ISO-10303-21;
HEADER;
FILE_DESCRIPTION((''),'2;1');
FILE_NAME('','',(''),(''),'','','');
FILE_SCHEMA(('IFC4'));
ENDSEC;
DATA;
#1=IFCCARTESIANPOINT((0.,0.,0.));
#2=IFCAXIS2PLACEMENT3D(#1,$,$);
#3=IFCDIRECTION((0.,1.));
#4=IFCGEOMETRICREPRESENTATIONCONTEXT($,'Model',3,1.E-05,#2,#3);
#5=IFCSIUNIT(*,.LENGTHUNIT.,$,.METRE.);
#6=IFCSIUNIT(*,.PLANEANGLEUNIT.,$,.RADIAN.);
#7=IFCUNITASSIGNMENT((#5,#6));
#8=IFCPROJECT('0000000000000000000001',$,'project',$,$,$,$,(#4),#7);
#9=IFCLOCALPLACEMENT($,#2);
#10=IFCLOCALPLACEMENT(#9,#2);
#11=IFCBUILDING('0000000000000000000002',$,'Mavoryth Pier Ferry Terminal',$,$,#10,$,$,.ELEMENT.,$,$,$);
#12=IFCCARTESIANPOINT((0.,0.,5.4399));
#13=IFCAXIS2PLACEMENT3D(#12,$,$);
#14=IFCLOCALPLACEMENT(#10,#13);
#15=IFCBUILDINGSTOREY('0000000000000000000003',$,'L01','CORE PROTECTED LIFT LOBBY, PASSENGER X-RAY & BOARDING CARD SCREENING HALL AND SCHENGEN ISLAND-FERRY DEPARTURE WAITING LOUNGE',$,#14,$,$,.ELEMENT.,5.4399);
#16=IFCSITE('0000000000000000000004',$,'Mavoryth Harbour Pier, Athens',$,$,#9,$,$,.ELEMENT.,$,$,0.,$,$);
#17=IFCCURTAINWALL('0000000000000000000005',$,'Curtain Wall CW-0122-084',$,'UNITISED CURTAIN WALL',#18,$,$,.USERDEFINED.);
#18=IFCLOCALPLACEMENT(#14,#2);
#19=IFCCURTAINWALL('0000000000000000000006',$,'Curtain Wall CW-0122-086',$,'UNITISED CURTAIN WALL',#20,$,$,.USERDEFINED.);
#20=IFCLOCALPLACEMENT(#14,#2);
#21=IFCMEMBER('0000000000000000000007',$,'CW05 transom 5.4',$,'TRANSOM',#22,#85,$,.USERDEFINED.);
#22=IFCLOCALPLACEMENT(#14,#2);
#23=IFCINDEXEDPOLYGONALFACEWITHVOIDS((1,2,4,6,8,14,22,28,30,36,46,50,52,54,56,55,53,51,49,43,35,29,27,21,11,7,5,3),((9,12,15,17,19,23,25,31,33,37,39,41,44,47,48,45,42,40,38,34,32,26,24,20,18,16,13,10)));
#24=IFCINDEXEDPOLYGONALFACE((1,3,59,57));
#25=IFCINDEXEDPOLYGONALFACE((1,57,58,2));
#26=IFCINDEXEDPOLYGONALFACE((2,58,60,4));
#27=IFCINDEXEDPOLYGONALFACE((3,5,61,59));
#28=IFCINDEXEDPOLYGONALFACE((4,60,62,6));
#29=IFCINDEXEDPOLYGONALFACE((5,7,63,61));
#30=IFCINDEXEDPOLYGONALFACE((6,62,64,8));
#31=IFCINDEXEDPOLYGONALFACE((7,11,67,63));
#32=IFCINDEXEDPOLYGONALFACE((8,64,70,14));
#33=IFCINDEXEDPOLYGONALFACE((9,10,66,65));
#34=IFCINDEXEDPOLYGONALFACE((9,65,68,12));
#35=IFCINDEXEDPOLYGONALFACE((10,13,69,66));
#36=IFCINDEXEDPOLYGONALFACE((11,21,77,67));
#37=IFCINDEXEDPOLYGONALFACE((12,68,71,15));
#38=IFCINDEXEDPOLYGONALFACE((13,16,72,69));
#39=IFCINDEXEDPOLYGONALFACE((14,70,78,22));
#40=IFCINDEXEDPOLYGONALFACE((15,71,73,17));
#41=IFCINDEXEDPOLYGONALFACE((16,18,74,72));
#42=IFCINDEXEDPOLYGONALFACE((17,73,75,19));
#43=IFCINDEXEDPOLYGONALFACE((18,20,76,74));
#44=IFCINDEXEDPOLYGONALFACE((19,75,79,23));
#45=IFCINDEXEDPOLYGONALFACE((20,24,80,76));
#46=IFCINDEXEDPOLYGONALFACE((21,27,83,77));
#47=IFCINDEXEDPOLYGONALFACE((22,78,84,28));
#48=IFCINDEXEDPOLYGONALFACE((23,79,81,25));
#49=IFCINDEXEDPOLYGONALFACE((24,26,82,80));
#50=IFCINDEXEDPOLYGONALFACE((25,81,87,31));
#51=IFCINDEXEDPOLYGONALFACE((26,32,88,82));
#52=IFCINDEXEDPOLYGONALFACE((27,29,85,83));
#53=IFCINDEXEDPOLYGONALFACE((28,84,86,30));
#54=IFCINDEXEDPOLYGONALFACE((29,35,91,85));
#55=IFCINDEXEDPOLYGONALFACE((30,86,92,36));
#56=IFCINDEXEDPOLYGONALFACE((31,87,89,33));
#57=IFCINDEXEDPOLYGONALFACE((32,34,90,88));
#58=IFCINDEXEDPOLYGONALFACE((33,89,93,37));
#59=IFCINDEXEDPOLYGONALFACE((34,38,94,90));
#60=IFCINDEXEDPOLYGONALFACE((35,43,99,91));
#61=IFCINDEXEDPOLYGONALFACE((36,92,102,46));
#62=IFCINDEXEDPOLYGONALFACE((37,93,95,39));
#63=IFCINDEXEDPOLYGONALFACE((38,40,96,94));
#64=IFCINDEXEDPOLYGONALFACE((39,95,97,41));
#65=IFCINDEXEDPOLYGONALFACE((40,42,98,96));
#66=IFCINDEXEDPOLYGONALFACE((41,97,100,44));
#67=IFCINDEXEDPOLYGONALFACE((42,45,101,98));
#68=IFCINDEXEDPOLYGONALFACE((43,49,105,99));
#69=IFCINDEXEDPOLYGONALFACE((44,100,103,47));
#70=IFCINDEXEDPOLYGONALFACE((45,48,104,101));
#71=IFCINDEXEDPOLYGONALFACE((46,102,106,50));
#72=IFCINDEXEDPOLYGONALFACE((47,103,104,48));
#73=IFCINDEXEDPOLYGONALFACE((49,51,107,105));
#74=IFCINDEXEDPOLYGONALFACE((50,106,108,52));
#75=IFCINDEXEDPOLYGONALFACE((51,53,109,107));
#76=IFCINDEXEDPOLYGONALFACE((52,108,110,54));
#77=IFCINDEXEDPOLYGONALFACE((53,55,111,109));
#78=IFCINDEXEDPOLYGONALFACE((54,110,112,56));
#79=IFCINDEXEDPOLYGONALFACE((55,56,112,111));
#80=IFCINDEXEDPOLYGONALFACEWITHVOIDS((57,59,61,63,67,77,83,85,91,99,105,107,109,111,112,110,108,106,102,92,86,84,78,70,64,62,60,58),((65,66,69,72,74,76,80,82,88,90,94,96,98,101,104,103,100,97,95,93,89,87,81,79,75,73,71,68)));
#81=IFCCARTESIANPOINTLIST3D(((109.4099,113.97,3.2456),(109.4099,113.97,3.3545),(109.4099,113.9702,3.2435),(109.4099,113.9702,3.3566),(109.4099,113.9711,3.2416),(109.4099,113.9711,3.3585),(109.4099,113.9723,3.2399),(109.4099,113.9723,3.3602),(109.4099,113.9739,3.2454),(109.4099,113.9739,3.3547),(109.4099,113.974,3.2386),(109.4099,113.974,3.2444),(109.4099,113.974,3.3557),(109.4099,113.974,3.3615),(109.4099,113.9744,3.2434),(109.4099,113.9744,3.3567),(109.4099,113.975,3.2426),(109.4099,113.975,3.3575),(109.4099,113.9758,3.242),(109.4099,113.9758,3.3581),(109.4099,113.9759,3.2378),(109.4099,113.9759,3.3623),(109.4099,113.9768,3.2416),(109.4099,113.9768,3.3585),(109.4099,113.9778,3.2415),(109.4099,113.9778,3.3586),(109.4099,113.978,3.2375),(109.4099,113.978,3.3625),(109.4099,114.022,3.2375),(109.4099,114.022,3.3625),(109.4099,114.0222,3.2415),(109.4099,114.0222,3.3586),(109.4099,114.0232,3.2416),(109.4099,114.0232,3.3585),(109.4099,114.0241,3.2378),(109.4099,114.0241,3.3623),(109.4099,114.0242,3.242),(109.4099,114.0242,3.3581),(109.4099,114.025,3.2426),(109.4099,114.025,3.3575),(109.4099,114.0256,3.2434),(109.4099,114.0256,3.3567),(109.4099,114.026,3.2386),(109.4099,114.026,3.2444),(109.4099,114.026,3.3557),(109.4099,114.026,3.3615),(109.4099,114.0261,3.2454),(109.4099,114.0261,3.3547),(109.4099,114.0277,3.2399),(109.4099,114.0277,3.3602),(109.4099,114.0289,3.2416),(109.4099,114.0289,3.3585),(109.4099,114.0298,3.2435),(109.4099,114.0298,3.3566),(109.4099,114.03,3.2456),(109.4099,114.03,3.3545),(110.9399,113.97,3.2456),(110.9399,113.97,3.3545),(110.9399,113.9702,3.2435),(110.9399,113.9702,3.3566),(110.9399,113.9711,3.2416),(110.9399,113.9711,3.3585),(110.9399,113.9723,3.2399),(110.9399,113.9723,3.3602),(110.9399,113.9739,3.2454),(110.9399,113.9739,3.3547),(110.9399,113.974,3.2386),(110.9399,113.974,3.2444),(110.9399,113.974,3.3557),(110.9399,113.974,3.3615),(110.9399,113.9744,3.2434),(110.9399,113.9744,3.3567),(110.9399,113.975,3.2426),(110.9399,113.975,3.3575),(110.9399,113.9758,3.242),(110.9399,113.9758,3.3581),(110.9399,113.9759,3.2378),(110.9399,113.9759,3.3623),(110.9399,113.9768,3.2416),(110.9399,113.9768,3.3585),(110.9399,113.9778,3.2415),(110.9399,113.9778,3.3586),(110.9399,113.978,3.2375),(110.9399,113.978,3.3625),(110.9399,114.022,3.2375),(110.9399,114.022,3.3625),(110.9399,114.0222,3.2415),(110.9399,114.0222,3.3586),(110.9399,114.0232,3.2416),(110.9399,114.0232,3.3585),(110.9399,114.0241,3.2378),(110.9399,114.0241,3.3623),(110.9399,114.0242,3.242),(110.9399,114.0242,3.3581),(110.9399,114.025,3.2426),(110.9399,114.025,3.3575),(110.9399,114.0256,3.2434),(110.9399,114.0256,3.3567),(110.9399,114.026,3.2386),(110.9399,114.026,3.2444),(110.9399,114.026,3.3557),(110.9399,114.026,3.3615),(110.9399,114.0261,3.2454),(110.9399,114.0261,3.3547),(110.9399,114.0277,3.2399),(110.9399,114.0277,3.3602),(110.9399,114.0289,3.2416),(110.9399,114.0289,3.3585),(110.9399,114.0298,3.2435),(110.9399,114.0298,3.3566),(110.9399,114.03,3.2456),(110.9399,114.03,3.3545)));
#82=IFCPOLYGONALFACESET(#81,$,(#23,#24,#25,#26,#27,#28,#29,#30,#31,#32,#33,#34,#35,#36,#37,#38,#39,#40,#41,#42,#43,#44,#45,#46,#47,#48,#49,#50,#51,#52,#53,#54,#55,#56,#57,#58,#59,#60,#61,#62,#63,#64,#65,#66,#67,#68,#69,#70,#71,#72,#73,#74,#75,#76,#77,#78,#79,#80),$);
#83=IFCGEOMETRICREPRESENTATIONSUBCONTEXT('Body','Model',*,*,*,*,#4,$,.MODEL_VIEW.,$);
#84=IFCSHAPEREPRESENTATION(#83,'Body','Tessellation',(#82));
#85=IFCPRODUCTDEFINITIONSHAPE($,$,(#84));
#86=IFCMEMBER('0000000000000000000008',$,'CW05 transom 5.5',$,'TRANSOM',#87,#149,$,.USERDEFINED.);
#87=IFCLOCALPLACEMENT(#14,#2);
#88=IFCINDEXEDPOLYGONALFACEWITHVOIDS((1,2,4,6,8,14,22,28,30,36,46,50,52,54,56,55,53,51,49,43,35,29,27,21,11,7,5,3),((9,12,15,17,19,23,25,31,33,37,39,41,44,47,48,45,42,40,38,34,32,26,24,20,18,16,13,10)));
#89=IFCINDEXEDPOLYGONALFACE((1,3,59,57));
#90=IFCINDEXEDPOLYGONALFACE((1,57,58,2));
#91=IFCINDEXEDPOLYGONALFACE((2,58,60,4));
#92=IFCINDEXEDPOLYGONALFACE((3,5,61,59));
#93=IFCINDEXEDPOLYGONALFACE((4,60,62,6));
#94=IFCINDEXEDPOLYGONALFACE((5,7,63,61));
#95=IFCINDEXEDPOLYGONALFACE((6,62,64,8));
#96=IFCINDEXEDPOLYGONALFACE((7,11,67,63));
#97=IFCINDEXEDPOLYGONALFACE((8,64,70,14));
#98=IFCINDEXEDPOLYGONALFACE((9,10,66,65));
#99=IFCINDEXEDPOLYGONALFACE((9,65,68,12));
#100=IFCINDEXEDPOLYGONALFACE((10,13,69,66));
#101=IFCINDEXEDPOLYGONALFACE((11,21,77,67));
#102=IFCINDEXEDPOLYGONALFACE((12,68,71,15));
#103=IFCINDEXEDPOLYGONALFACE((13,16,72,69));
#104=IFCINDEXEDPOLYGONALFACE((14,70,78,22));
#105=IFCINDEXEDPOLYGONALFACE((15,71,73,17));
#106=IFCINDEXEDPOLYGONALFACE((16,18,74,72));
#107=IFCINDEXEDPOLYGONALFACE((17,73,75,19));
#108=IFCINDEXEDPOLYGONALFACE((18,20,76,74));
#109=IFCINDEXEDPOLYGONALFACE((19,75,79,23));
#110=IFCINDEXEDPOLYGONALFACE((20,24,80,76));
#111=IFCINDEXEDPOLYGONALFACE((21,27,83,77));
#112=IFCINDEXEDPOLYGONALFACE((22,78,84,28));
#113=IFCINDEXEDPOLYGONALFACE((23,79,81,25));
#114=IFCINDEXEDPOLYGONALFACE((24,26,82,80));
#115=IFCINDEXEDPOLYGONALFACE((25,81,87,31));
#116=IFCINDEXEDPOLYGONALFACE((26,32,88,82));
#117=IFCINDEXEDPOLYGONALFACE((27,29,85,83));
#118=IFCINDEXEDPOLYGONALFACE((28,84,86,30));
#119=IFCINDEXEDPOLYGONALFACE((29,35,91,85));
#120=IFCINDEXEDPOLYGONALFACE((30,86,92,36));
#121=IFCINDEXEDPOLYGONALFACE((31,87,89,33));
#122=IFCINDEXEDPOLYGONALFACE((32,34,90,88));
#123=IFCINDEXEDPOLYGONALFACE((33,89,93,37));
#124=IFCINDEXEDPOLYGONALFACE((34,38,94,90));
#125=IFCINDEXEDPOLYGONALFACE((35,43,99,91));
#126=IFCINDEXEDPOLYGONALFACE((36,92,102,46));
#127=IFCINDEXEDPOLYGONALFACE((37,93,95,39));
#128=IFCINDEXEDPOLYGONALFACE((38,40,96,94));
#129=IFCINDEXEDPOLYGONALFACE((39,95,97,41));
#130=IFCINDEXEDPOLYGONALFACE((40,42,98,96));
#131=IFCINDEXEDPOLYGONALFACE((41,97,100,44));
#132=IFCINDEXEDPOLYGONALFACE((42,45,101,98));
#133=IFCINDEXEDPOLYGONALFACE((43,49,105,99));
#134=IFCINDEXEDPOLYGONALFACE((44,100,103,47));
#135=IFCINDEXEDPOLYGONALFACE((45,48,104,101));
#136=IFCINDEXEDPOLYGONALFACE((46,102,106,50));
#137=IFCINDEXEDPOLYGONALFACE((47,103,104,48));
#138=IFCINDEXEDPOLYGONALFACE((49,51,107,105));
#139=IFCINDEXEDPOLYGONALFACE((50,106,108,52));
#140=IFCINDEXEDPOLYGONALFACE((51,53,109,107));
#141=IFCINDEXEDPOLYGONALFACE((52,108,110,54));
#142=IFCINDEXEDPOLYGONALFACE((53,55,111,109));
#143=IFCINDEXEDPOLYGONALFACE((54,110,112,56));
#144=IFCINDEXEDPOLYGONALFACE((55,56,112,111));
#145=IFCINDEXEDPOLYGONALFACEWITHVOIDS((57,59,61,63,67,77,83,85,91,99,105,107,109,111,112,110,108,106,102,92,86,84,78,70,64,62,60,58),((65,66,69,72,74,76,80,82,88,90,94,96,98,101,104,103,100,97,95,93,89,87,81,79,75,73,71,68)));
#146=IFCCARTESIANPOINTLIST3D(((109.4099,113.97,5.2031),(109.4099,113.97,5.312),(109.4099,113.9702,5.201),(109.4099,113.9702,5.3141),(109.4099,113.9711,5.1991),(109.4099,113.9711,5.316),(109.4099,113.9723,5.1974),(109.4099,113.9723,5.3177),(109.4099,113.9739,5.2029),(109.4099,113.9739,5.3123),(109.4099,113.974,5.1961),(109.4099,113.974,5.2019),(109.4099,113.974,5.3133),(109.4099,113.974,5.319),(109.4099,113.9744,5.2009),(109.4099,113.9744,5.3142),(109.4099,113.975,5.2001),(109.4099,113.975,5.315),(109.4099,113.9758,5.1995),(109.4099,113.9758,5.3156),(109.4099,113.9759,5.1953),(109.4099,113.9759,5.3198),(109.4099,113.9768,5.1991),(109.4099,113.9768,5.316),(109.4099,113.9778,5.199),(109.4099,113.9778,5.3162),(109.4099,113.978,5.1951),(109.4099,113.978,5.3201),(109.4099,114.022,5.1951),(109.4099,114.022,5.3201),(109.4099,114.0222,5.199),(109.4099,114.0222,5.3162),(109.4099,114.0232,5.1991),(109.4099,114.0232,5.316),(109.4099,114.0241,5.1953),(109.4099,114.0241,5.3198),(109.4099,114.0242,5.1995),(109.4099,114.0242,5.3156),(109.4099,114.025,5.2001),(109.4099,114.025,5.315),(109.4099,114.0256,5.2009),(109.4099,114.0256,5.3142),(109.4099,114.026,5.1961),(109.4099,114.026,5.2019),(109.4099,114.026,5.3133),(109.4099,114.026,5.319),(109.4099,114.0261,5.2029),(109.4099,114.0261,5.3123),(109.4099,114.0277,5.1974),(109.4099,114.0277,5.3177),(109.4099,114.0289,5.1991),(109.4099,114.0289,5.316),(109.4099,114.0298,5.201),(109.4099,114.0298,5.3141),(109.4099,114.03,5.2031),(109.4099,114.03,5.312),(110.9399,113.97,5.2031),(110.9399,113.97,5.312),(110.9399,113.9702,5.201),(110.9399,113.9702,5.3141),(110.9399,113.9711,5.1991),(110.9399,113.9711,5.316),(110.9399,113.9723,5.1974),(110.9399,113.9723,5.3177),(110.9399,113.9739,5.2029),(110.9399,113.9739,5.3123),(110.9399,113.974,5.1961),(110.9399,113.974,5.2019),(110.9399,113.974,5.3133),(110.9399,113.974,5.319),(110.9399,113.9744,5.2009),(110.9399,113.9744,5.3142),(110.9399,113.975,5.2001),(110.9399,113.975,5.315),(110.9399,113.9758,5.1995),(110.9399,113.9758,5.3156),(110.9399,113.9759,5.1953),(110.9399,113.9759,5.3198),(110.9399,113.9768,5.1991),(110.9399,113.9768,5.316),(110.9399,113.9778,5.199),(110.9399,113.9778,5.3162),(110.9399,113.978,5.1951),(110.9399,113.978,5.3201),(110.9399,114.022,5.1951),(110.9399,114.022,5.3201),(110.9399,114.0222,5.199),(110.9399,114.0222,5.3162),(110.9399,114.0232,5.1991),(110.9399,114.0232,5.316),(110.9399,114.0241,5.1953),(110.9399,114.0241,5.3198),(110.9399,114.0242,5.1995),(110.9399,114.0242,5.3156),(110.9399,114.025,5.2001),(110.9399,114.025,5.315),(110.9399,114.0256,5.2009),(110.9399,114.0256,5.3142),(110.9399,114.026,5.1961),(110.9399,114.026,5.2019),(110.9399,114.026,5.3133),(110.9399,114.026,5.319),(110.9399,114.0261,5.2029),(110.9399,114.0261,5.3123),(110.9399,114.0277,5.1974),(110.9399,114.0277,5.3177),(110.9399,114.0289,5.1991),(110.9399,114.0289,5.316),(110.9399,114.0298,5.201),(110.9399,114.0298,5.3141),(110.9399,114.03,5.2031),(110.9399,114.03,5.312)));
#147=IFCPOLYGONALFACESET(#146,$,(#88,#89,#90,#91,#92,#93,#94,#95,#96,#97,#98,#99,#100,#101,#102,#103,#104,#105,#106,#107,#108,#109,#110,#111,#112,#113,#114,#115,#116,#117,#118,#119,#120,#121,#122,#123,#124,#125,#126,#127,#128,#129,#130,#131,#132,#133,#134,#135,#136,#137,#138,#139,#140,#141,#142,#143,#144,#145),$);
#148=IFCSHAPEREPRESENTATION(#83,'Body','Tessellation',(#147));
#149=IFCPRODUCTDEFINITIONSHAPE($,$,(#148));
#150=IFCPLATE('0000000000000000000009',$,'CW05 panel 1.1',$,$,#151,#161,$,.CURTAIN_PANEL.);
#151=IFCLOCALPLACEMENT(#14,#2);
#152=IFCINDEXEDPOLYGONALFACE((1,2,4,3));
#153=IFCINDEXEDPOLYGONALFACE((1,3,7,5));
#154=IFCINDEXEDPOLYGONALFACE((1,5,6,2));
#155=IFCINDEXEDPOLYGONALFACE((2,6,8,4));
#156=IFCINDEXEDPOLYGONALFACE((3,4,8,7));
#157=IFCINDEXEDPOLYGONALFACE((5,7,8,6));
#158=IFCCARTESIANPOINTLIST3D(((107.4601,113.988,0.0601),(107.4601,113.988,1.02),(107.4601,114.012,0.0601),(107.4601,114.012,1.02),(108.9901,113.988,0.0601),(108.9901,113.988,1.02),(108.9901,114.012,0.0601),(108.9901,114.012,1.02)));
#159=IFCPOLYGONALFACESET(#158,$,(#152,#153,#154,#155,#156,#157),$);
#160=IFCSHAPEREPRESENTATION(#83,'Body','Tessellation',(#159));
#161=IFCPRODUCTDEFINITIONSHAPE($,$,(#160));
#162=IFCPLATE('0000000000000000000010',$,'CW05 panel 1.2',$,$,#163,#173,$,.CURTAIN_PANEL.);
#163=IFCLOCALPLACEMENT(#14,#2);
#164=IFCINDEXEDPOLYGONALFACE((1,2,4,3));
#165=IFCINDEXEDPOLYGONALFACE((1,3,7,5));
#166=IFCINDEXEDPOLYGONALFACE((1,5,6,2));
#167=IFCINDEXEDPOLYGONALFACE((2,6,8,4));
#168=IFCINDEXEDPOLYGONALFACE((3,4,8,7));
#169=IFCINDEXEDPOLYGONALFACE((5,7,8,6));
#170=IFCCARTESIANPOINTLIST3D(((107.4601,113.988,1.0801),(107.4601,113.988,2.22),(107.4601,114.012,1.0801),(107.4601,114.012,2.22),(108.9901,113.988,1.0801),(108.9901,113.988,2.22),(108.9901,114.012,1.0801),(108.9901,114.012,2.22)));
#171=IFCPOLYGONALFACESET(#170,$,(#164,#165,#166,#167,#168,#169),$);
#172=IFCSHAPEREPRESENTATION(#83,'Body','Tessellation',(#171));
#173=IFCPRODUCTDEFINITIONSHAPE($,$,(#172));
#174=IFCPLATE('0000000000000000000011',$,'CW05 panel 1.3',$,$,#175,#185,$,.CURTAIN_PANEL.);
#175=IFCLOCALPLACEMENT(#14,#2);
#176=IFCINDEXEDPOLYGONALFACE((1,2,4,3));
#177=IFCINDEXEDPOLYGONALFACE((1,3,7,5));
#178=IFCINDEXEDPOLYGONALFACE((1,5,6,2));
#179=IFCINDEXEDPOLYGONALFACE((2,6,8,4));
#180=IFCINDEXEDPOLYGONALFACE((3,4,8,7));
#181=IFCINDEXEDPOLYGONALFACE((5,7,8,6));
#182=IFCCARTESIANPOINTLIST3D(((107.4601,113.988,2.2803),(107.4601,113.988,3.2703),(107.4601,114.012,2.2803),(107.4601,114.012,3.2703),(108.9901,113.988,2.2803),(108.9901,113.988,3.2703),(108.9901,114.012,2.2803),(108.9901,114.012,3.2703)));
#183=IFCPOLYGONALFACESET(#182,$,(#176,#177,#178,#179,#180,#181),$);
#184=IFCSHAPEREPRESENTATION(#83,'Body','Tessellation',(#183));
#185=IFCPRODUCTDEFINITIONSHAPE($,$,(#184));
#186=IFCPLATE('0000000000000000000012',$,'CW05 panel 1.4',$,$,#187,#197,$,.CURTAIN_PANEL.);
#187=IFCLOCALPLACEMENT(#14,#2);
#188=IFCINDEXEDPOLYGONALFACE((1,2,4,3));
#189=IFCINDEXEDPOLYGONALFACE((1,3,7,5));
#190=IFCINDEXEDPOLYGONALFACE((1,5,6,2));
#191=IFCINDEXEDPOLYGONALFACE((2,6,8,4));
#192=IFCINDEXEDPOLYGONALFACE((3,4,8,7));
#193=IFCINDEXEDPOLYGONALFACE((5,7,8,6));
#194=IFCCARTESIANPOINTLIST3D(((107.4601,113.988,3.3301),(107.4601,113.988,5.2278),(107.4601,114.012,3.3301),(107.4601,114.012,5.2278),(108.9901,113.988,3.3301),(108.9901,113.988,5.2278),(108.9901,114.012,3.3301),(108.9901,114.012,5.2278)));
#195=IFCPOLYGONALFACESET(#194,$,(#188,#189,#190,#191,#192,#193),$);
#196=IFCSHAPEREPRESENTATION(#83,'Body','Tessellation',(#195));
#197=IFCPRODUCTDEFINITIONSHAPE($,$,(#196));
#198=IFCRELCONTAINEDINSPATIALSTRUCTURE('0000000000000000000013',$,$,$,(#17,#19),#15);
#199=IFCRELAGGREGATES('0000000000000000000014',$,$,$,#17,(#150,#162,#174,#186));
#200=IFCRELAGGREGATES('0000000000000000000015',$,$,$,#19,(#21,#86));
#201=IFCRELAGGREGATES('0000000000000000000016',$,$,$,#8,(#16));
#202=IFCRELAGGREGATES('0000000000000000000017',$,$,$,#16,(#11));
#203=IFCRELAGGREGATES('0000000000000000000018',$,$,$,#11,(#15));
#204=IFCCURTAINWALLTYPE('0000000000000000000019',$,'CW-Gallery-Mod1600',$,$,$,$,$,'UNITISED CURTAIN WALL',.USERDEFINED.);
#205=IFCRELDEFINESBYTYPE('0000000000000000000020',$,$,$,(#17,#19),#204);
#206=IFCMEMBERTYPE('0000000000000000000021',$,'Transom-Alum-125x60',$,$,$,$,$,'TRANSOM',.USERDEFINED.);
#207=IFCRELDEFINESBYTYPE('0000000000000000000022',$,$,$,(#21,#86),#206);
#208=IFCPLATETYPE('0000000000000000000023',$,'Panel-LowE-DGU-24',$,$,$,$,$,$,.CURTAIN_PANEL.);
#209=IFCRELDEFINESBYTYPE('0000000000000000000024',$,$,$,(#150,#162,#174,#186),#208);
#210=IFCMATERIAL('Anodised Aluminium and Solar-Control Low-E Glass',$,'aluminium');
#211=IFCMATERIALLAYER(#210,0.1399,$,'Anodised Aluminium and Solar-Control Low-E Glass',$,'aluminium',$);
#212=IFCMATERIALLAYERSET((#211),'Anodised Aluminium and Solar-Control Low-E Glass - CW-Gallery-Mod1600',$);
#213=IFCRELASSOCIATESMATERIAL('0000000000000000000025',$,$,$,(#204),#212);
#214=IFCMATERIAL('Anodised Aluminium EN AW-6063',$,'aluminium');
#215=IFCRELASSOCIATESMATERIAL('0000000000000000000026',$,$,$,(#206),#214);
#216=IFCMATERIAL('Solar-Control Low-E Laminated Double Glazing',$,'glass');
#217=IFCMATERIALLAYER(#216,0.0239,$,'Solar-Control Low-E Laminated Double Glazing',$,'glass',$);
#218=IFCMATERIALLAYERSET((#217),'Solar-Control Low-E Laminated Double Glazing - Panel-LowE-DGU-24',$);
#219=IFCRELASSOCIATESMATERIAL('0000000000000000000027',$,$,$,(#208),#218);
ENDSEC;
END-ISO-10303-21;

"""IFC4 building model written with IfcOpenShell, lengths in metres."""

from ifc_helpers import new_model, si_unit, direction, frame, origin, origin_2d, place, context, subcontext, project, spatial, rectangle, hollow_rectangle, extrude, material, layer, layer_set, material_profile, profile_set, type_object, element, aggregate, save


model = new_model("IFC4")

# Units and contexts
model_context = context("Model", 3, precision=1e-05, world=origin(), true_north=direction((0.0, 1.0)))
body_context = subcontext(model_context, "Body", "Model", "MODEL_VIEW")
ifc_project = project(units=[si_unit("LENGTHUNIT", "METRE"), si_unit("PLANEANGLEUNIT", "RADIAN")], contexts=[model_context])

# Site, building, storey
site_placement = place(None, origin())
site = spatial("IfcSite", under=ifc_project, at=site_placement, Name="Mavoryth Harbour Pier, Athens", CompositionType="ELEMENT", RefElevation=0.0)
building_placement = place(site_placement, origin())
building = spatial("IfcBuilding", under=site, at=building_placement, Name="Mavoryth Pier Ferry Terminal", CompositionType="ELEMENT")
storey_placement = place(building_placement, frame((0.0, 0.0, 5.4399)))
storey = spatial("IfcBuildingStorey", under=building, at=storey_placement, Name="L01", Description="CORE PROTECTED LIFT LOBBY, PASSENGER X-RAY & BOARDING CARD SCREENING HALL AND SCHENGEN ISLAND-FERRY DEPARTURE WAITING LOUNGE", CompositionType="ELEMENT", Elevation=5.4399)

# Curtain walls
ifc_material_1 = material(Name="Anodised Aluminium and Solar-Control Low-E Glass", Category="aluminium")
ifc_layer_1 = layer(ifc_material_1, 0.1399, Name="Anodised Aluminium and Solar-Control Low-E Glass", Category="aluminium")
ifc_layer_set_1 = layer_set([ifc_layer_1], Name="Anodised Aluminium and Solar-Control Low-E Glass - CW-Gallery-Mod1600")
curtain_wall_type = type_object("IfcCurtainWallType", Name="CW-Gallery-Mod1600", ElementType="UNITISED CURTAIN WALL", PredefinedType="USERDEFINED", material=ifc_layer_set_1)
curtain_wall_1_placement = place(storey_placement, origin())
curtain_wall_1 = element("IfcCurtainWall", 1, at=curtain_wall_1_placement, inside=storey, type_object=curtain_wall_type, Name="Curtain Wall CW-0122-084", ObjectType="UNITISED CURTAIN WALL", PredefinedType="USERDEFINED")
ifc_material_2 = material(Name="Anodised Aluminium EN AW-6063", Category="aluminium")
curtain_wall_2_placement = place(storey_placement, origin())
curtain_wall_2 = element("IfcCurtainWall", 2, at=curtain_wall_2_placement, inside=storey, type_object=curtain_wall_type, Name="Curtain Wall CW-0122-086", ObjectType="UNITISED CURTAIN WALL", PredefinedType="USERDEFINED")

# Members
ifc_material_profile_1 = material_profile(ifc_material_2, hollow_rectangle(XDim=0.0601, YDim=0.125, WallThickness=0.0039, InnerFilletRadius=0.0039, OuterFilletRadius=0.0081, at=origin_2d()), Name="AL-TRAN 125x60x4", Category="aluminium")
ifc_profile_set_1 = profile_set([ifc_material_profile_1], Name="Anodised Aluminium EN AW-6063 - AL-TRAN 125x60x4")
member_type_1 = type_object("IfcMemberType", Name="Transom-Alum-125x60", ElementType="TRANSOM", PredefinedType="USERDEFINED", material=ifc_profile_set_1)
member_1_placement = place(storey_placement, frame((110.9399, 114.0, 3.3), z_axis=(-1.0, 0.0, 0.0), x_axis=(0.0, -1.0, 0.0)))
member_1 = element("IfcMember", 3, at=member_1_placement, type_object=member_type_1, Name="CW05 transom 5.4", ObjectType="TRANSOM", PredefinedType="USERDEFINED", context=body_context, shape_type="SweptSolid", body=[
    extrude(hollow_rectangle(XDim=0.0601, YDim=0.125, WallThickness=0.0039, InnerFilletRadius=0.0039, OuterFilletRadius=0.0081, at=origin_2d()), origin(), (0.0, 0.0, 1.0), 1.53),
])
member_2_placement = place(storey_placement, frame((110.9399, 114.0, 5.2576), z_axis=(-1.0, 0.0, 0.0), x_axis=(0.0, -1.0, 0.0)))
member_2 = element("IfcMember", 4, at=member_2_placement, type_object=member_type_1, Name="CW05 transom 5.5", ObjectType="TRANSOM", PredefinedType="USERDEFINED", context=body_context, shape_type="SweptSolid", body=[
    extrude(hollow_rectangle(XDim=0.0601, YDim=0.125, WallThickness=0.0039, InnerFilletRadius=0.0039, OuterFilletRadius=0.0081, at=origin_2d()), origin(), (0.0, 0.0, 1.0), 1.53),
])

# Plates
ifc_material_3 = material(Name="Solar-Control Low-E Laminated Double Glazing", Category="glass")
ifc_layer_2 = layer(ifc_material_3, 0.0239, Name="Solar-Control Low-E Laminated Double Glazing", Category="glass")
ifc_layer_set_2 = layer_set([ifc_layer_2], Name="Solar-Control Low-E Laminated Double Glazing - Panel-LowE-DGU-24")
plate_type_1 = type_object("IfcPlateType", Name="Panel-LowE-DGU-24", PredefinedType="CURTAIN_PANEL", material=ifc_layer_set_2)
plate_1_placement = place(storey_placement, frame((108.2251, 114.0, 0.0601), z_axis=(0.0, 0.0, 1.0), x_axis=(-1.0, 0.0, 0.0)))
plate_1 = element("IfcPlate", 5, at=plate_1_placement, type_object=plate_type_1, Name="CW05 panel 1.1", PredefinedType="CURTAIN_PANEL", context=body_context, shape_type="SweptSolid", body=[
    extrude(rectangle(XDim=1.53, YDim=0.0239, at=origin_2d()), origin(), (0.0, 0.0, 1.0), 0.96),
])
plate_2_placement = place(storey_placement, frame((108.2251, 114.0, 1.0801), z_axis=(0.0, 0.0, 1.0), x_axis=(-1.0, 0.0, 0.0)))
plate_2 = element("IfcPlate", 6, at=plate_2_placement, type_object=plate_type_1, Name="CW05 panel 1.2", PredefinedType="CURTAIN_PANEL", context=body_context, shape_type="SweptSolid", body=[
    extrude(rectangle(XDim=1.53, YDim=0.0239, at=origin_2d()), origin(), (0.0, 0.0, 1.0), 1.1399),
])
plate_3_placement = place(storey_placement, frame((108.2251, 114.0, 2.2803), z_axis=(0.0, 0.0, 1.0), x_axis=(-1.0, 0.0, 0.0)))
plate_3 = element("IfcPlate", 7, at=plate_3_placement, type_object=plate_type_1, Name="CW05 panel 1.3", PredefinedType="CURTAIN_PANEL", context=body_context, shape_type="SweptSolid", body=[
    extrude(rectangle(XDim=1.53, YDim=0.0239, at=origin_2d()), origin(), (0.0, 0.0, 1.0), 0.99),
])
plate_4_placement = place(storey_placement, frame((108.2251, 114.0, 3.3301), z_axis=(0.0, 0.0, 1.0), x_axis=(-1.0, 0.0, 0.0)))
plate_4 = element("IfcPlate", 8, at=plate_4_placement, type_object=plate_type_1, Name="CW05 panel 1.4", PredefinedType="CURTAIN_PANEL", context=body_context, shape_type="SweptSolid", body=[
    extrude(rectangle(XDim=1.53, YDim=0.0239, at=origin_2d()), origin(), (0.0, 0.0, 1.0), 1.8977),
])
aggregate(curtain_wall_1, [plate_1, plate_2, plate_3, plate_4])
aggregate(curtain_wall_2, [member_1, member_2])

save(model, "model.ifc")
